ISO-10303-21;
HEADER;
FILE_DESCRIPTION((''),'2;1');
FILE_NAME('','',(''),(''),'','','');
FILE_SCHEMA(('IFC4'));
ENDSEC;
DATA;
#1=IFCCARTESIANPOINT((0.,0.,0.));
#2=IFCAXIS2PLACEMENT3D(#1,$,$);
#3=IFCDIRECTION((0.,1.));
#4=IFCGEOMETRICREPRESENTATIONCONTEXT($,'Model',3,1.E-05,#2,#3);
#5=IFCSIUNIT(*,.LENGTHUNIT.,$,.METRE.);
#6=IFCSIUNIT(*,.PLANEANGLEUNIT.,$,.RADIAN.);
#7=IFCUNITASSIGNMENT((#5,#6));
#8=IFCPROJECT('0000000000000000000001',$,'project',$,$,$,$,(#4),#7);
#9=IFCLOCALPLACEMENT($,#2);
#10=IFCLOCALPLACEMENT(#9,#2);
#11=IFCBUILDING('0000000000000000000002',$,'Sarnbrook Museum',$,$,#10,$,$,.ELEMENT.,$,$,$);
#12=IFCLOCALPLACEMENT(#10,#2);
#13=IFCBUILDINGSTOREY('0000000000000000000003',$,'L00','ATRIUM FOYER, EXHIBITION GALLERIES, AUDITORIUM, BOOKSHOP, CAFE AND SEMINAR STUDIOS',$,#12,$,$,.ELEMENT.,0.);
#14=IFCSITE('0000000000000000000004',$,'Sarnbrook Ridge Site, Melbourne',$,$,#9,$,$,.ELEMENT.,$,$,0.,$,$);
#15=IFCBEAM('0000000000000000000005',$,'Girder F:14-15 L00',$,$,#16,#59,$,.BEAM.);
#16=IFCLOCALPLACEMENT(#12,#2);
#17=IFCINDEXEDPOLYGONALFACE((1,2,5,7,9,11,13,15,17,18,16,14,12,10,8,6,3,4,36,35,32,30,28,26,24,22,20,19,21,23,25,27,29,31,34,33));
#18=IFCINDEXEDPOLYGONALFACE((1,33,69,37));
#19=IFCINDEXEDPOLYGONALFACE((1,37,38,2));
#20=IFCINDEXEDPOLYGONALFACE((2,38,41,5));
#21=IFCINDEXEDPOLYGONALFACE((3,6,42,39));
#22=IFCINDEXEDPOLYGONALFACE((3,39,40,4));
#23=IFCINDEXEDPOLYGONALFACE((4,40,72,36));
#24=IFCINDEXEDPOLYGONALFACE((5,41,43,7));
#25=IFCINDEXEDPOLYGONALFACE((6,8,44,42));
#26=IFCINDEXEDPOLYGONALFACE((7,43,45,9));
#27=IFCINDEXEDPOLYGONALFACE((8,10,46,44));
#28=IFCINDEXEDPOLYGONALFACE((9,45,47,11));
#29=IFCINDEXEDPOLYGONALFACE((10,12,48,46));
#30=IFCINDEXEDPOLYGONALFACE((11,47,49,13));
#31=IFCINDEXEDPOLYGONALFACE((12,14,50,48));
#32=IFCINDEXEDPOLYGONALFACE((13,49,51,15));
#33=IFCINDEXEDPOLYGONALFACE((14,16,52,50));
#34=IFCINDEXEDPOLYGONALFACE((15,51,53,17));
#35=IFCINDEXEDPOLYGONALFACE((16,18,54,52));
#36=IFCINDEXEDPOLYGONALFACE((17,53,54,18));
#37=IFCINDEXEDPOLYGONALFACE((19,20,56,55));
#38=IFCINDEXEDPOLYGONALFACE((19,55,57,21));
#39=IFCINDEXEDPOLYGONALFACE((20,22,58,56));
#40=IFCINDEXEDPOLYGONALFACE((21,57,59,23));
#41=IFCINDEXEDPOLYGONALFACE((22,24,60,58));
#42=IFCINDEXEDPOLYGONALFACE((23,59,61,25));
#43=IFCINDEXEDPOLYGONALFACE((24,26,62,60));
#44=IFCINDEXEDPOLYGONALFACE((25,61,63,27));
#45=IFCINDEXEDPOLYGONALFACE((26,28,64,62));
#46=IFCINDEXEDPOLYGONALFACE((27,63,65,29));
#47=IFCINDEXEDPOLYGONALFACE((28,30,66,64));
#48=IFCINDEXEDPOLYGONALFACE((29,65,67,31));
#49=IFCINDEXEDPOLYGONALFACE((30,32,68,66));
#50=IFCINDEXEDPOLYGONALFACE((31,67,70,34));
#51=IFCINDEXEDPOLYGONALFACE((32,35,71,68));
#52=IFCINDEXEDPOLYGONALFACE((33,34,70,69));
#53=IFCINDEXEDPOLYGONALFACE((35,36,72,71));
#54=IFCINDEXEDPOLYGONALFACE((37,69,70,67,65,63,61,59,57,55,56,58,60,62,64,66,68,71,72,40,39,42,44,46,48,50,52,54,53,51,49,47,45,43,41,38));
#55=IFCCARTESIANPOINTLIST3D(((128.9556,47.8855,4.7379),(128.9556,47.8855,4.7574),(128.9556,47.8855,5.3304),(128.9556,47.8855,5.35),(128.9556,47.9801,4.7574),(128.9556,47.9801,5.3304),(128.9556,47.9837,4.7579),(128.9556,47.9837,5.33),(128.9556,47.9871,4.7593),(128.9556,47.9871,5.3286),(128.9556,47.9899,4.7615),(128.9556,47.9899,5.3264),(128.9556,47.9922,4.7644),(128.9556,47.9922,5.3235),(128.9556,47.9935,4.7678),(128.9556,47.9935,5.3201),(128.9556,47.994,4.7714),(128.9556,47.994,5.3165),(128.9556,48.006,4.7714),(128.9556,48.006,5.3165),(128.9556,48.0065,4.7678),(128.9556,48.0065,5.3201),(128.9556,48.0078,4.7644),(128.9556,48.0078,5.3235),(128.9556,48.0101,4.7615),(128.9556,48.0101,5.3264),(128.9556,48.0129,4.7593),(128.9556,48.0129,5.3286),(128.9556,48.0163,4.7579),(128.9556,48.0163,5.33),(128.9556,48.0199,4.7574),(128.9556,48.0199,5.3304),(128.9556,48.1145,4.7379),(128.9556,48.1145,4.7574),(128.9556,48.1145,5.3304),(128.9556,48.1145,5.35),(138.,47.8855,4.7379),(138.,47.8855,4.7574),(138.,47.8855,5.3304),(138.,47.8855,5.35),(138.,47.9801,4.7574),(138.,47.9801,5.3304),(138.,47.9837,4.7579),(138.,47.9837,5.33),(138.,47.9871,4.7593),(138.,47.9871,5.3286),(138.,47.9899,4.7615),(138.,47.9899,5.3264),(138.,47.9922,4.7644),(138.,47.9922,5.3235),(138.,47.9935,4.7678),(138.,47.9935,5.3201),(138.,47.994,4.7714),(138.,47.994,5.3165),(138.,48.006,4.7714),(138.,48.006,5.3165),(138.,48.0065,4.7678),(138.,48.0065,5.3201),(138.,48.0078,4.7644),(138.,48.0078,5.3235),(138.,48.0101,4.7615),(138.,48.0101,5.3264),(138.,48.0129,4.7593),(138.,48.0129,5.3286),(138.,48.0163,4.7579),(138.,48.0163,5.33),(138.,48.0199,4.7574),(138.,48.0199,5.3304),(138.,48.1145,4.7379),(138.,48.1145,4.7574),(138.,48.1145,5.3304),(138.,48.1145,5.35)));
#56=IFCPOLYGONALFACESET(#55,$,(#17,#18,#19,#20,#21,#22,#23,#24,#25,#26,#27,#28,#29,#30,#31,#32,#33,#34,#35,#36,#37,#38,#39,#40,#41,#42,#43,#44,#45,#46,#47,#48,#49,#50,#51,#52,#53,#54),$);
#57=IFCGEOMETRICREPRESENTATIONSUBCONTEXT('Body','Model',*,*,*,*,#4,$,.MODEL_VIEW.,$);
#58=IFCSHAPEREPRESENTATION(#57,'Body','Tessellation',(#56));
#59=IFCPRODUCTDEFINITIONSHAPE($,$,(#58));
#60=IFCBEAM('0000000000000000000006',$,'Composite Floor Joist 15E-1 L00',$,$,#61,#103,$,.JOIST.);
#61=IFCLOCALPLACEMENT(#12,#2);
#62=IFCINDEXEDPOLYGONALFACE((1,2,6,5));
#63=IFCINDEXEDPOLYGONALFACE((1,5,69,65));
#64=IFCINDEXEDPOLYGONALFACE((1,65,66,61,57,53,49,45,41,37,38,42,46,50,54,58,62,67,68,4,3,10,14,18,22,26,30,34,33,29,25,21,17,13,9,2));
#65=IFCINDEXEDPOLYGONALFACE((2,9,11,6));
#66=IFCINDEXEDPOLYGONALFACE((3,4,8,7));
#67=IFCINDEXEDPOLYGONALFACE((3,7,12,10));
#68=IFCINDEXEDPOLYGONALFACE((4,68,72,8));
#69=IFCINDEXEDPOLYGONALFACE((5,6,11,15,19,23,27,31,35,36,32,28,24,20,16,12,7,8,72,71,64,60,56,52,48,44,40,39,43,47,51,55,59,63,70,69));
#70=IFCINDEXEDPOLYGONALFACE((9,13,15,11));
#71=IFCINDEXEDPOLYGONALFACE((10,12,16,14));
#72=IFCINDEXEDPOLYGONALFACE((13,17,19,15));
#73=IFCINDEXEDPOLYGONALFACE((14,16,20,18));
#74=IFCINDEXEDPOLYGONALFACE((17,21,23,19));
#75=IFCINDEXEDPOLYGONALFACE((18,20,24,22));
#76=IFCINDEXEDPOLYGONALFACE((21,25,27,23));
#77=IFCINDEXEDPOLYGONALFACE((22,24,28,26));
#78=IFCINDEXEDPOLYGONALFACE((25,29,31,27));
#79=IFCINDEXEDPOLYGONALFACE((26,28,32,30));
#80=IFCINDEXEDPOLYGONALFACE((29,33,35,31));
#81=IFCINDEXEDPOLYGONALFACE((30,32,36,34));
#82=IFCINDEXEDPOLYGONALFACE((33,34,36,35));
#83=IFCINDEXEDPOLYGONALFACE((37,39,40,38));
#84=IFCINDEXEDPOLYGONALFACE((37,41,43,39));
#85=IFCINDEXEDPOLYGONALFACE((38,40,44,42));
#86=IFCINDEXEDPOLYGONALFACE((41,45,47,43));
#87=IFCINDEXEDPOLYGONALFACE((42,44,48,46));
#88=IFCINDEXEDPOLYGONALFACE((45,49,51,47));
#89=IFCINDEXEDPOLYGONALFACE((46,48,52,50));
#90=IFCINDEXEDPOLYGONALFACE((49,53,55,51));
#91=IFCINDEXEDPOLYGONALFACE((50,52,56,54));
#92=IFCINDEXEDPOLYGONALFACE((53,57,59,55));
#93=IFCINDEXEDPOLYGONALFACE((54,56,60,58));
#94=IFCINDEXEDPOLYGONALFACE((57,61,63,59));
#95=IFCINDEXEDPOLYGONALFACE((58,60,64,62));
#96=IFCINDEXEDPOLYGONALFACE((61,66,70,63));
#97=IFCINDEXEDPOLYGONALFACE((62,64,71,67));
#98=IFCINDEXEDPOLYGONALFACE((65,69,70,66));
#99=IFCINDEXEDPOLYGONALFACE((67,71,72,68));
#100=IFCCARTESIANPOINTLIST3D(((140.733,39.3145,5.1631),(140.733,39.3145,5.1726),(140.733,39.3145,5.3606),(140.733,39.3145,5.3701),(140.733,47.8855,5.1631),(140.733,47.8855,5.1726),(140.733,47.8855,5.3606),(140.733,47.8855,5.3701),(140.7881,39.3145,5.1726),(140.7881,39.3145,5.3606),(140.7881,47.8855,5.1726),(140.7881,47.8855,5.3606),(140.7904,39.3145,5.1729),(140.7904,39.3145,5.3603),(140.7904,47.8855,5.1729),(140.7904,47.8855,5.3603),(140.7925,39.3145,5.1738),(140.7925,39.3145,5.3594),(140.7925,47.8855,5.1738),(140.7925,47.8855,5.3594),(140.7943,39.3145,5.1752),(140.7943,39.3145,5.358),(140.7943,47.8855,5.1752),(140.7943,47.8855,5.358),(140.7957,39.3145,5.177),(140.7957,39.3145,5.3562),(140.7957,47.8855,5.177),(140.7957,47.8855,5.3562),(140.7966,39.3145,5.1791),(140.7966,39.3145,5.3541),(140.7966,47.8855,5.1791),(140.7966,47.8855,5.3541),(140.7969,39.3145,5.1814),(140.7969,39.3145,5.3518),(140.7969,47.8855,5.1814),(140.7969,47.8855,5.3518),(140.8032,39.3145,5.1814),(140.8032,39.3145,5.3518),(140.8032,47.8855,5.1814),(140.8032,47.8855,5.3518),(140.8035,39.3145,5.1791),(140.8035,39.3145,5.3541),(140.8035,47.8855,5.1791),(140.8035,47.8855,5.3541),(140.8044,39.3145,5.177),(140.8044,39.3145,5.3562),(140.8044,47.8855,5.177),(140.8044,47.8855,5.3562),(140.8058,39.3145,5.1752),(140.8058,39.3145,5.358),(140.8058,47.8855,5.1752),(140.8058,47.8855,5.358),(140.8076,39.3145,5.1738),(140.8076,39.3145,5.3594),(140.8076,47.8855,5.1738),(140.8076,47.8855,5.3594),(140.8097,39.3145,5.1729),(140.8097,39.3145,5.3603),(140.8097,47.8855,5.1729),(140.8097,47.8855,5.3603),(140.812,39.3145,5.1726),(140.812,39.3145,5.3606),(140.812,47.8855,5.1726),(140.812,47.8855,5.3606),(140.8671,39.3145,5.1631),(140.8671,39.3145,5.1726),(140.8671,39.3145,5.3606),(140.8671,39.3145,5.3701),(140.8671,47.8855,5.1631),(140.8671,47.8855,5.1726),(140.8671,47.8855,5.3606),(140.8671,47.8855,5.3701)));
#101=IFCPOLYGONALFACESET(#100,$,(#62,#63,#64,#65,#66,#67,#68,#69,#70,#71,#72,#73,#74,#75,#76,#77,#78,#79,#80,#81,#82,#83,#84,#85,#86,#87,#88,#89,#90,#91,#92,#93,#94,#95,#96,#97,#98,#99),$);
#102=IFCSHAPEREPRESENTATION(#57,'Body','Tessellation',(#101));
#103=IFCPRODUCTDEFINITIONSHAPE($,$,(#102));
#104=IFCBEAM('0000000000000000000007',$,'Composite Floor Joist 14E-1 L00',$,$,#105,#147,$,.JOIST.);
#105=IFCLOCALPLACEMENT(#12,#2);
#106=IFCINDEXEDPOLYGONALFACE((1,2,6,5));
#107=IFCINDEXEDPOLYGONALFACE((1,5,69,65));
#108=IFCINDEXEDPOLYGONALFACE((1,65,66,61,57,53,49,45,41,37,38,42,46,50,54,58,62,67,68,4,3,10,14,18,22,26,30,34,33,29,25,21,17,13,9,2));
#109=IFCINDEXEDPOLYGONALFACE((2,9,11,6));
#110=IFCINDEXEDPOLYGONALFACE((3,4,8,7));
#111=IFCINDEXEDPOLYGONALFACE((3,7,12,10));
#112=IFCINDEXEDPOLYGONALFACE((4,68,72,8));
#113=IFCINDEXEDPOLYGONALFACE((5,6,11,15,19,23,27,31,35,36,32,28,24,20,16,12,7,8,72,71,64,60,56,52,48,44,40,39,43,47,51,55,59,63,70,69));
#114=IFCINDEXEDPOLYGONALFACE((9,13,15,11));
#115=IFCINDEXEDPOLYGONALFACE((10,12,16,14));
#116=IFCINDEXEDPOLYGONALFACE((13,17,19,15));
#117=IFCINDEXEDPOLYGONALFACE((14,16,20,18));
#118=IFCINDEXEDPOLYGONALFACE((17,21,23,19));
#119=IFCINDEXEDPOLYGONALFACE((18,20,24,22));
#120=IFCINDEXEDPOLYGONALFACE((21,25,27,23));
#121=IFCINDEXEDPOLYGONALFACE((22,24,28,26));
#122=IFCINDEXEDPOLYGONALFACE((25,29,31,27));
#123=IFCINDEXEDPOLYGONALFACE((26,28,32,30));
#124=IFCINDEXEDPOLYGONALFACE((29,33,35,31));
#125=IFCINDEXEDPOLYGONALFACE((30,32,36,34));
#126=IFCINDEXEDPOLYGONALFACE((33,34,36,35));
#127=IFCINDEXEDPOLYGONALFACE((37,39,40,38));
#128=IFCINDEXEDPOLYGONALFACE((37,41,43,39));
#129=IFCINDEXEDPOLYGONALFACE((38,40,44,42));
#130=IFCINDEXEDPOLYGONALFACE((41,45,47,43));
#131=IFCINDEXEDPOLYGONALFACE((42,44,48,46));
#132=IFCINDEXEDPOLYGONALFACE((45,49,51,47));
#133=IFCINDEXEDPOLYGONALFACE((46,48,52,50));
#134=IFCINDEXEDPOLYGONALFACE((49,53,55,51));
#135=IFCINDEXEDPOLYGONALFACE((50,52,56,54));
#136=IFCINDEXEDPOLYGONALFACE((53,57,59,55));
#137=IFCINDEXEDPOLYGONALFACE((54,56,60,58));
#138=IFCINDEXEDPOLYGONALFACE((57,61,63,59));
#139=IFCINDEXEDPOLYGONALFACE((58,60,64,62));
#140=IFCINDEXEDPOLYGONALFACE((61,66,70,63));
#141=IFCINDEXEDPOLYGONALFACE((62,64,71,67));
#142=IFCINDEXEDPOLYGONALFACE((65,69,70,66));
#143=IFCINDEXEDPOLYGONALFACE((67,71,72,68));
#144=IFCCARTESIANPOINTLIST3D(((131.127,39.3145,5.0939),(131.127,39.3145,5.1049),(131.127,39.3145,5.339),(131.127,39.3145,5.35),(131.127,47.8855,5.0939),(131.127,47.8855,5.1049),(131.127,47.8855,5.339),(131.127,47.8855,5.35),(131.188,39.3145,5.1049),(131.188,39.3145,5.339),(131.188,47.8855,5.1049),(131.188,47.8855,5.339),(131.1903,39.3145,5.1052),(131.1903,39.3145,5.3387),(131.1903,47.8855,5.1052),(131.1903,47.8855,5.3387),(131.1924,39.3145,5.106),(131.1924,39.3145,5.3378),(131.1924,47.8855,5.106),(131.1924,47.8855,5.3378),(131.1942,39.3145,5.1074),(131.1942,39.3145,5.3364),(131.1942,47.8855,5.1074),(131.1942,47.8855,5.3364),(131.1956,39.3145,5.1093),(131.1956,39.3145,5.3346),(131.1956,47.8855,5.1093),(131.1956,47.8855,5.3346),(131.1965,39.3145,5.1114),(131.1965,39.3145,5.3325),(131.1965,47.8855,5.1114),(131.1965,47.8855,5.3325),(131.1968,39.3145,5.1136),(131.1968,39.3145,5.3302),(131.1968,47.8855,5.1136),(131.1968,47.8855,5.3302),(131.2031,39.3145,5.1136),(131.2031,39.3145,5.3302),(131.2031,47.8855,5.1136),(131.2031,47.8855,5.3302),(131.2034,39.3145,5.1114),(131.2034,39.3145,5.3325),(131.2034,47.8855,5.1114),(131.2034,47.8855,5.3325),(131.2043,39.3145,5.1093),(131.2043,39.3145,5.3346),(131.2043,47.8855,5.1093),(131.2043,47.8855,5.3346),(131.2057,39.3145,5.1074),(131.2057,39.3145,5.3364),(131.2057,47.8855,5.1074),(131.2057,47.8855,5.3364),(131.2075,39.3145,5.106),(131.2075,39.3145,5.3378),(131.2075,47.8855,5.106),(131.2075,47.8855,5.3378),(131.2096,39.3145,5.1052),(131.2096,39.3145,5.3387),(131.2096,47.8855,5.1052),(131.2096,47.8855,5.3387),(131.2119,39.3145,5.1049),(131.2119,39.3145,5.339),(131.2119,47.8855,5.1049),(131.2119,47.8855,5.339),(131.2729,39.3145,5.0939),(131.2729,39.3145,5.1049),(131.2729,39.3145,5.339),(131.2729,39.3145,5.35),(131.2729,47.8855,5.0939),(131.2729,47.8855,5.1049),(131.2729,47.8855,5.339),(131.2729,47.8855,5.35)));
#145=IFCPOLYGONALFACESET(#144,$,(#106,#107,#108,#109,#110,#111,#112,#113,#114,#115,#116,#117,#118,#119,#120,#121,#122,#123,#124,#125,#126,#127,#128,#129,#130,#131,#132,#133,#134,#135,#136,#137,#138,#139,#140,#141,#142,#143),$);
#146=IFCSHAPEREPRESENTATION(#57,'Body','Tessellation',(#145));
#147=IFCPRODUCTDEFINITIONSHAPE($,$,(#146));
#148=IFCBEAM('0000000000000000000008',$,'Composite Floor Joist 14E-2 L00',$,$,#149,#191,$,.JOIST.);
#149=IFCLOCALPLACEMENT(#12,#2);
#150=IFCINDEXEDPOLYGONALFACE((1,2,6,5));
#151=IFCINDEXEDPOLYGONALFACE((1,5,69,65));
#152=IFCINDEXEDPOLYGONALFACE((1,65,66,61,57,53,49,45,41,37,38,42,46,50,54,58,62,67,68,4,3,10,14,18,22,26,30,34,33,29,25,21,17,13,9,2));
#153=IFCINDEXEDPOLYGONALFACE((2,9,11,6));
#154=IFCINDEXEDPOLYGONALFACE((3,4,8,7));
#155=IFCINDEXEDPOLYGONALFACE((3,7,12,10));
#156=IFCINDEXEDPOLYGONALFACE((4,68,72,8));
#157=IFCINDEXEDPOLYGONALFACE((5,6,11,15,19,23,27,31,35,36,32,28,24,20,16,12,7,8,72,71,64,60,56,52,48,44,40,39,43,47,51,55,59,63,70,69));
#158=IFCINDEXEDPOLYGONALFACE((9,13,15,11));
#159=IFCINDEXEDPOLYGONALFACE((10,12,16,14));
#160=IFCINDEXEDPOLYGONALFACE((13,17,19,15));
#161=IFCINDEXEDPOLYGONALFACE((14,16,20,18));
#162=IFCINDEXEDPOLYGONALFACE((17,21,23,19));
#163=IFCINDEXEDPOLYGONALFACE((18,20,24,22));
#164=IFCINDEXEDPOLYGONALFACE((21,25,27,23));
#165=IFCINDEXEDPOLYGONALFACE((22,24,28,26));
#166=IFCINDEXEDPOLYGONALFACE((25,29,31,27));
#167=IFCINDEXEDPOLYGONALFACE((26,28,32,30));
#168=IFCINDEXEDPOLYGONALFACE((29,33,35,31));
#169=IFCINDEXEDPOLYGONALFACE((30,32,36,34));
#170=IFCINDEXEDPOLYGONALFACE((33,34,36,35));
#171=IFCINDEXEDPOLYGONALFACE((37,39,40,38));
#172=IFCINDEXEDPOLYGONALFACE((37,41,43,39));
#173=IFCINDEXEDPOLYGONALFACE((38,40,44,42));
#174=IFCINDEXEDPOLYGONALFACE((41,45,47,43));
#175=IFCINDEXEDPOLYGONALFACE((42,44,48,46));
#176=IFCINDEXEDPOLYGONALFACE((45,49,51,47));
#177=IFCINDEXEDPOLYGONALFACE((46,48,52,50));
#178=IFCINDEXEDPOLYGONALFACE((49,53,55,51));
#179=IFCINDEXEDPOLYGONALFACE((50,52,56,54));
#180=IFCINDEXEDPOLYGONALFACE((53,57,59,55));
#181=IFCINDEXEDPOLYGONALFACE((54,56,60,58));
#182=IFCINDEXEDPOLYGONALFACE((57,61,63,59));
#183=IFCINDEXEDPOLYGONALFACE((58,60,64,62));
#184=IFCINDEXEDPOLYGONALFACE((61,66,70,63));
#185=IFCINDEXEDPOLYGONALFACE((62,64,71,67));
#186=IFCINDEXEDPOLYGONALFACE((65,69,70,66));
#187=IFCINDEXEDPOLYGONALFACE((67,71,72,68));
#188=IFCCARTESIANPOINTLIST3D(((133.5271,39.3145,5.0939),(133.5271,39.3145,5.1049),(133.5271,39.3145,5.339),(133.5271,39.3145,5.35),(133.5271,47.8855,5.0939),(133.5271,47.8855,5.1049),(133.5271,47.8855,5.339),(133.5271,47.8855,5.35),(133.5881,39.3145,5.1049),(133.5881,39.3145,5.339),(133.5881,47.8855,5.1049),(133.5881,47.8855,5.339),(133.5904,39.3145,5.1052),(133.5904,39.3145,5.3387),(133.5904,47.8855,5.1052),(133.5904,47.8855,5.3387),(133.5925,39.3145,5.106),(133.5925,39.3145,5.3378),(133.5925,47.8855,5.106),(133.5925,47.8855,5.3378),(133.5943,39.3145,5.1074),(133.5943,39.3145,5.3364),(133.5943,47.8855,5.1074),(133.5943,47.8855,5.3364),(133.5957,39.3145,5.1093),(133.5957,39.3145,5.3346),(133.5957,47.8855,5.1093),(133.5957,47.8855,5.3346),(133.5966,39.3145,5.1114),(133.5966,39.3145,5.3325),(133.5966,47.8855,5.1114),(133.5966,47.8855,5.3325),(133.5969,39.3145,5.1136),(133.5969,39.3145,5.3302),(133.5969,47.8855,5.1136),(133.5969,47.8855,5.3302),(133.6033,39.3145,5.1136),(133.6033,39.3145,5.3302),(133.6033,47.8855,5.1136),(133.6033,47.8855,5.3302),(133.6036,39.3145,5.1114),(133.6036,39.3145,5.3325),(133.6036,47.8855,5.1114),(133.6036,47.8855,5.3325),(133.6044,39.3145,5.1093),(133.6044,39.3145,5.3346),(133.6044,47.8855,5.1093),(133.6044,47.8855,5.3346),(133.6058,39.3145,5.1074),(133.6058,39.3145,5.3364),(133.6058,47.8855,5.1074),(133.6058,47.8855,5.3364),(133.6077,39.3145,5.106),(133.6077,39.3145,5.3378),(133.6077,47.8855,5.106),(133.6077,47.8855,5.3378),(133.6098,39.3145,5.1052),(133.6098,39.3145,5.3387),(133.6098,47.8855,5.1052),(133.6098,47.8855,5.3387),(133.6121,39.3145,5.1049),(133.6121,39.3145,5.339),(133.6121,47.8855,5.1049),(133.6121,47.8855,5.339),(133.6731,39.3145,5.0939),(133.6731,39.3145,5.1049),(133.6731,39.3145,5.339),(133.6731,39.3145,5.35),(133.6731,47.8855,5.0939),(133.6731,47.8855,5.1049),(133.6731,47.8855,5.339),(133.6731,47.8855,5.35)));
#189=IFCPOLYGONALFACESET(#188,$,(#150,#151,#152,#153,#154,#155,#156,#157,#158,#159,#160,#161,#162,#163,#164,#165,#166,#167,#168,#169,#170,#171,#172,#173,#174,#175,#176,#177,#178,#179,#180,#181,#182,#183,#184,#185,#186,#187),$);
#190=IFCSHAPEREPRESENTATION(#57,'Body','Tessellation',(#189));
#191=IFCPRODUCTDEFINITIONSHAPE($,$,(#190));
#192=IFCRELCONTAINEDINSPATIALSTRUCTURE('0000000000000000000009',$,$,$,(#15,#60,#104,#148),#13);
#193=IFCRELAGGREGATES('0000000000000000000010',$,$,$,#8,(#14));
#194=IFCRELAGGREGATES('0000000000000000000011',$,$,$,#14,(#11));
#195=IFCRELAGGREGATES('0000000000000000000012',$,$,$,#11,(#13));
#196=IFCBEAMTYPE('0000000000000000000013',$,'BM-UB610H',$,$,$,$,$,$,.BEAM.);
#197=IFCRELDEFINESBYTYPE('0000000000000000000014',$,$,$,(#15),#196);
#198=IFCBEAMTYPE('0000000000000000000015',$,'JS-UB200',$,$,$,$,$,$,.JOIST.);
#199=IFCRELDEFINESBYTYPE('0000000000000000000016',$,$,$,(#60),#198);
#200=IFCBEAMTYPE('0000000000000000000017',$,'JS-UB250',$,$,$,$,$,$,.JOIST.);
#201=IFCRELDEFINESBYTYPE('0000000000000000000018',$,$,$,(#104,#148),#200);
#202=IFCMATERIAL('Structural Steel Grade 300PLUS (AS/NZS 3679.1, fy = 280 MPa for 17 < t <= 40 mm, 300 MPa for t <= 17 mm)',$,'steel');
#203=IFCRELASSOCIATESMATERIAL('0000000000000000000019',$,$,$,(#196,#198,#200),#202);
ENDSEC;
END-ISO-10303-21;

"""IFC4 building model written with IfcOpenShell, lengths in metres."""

from ifc_helpers import new_model, si_unit, direction, frame, origin, origin_2d, place, context, subcontext, project, spatial, i_section, extrude, material, material_profile, profile_set, type_object, element, save


model = new_model("IFC4")

# Units and contexts
model_context = context("Model", 3, precision=1e-05, world=origin(), true_north=direction((0.0, 1.0)))
body_context = subcontext(model_context, "Body", "Model", "MODEL_VIEW")
ifc_project = project(units=[si_unit("LENGTHUNIT", "METRE"), si_unit("PLANEANGLEUNIT", "RADIAN")], contexts=[model_context])

# Site, building, storey
site_placement = place(None, origin())
site = spatial("IfcSite", under=ifc_project, at=site_placement, Name="Sarnbrook Ridge Site, Melbourne", CompositionType="ELEMENT", RefElevation=0.0)
building_placement = place(site_placement, origin())
building = spatial("IfcBuilding", under=site, at=building_placement, Name="Sarnbrook Museum", CompositionType="ELEMENT")
storey_placement = place(building_placement, origin())
storey = spatial("IfcBuildingStorey", under=building, at=storey_placement, Name="L00", Description="ATRIUM FOYER, EXHIBITION GALLERIES, AUDITORIUM, BOOKSHOP, CAFE AND SEMINAR STUDIOS", CompositionType="ELEMENT", Elevation=0.0)

# Shared definitions
ifc_material_1 = material(Name="Structural Steel Grade 300PLUS (AS/NZS 3679.1, fy = 280 MPa for 17 < t <= 40 mm, 300 MPa for t <= 17 mm)", Category="steel")

# Beams
ifc_material_profile_1 = material_profile(ifc_material_1, i_section(OverallWidth=0.229, OverallDepth=0.6121, WebThickness=0.012, FlangeThickness=0.0195, FilletRadius=0.0139, at=origin_2d()), Name="610UB125")
ifc_profile_set_1 = profile_set([ifc_material_profile_1], Name="Structural Steel Grade 300PLUS (AS/NZS 3679.1, fy = 280 MPa for 17 < t <= 40 mm, 300 MPa for t <= 17 mm)")
beam_type_1 = type_object("IfcBeamType", Name="BM-UB610H", PredefinedType="BEAM", material=ifc_profile_set_1)
beam_1_placement = place(storey_placement, frame((128.9556, 48.0, 5.0439), z_axis=(1.0, 0.0, 0.0), x_axis=(0.0, 1.0, 0.0)))
element("IfcBeam", 1, at=beam_1_placement, inside=storey, type_object=beam_type_1, Name="Girder F:14-15 L00", PredefinedType="BEAM", context=body_context, shape_type="SweptSolid", body=[
    extrude(i_section(OverallWidth=0.229, OverallDepth=0.6121, WebThickness=0.012, FlangeThickness=0.0195, FilletRadius=0.0139, at=origin_2d()), origin(), (0.0, 0.0, 1.0), 9.0444),
])
ifc_material_profile_2 = material_profile(ifc_material_1, i_section(OverallWidth=0.134, OverallDepth=0.207, WebThickness=0.0063, FlangeThickness=0.0095, FilletRadius=0.0088, at=origin_2d()), Name="200UB29.8")
ifc_profile_set_2 = profile_set([ifc_material_profile_2], Name="Structural Steel Grade 300PLUS (AS/NZS 3679.1, fy = 280 MPa for 17 < t <= 40 mm, 300 MPa for t <= 17 mm)")
beam_type_2 = type_object("IfcBeamType", Name="JS-UB200", PredefinedType="JOIST", material=ifc_profile_set_2)
beam_2_placement = place(storey_placement, frame((140.8, 39.3145, 5.2666), z_axis=(0.0, 1.0, 0.0), x_axis=(-1.0, 0.0, 0.0)))
element("IfcBeam", 2, at=beam_2_placement, inside=storey, type_object=beam_type_2, Name="Composite Floor Joist 15E-1 L00", PredefinedType="JOIST", context=body_context, shape_type="SweptSolid", body=[
    extrude(i_section(OverallWidth=0.134, OverallDepth=0.207, WebThickness=0.0063, FlangeThickness=0.0095, FilletRadius=0.0088, at=origin_2d()), origin(), (0.0, 0.0, 1.0), 8.571),
])
ifc_material_profile_3 = material_profile(ifc_material_1, i_section(OverallWidth=0.146, OverallDepth=0.2561, WebThickness=0.0063, FlangeThickness=0.011, FilletRadius=0.0088, at=origin_2d()), Name="250UB37.3")
ifc_profile_set_3 = profile_set([ifc_material_profile_3], Name="Structural Steel Grade 300PLUS (AS/NZS 3679.1, fy = 280 MPa for 17 < t <= 40 mm, 300 MPa for t <= 17 mm)")
beam_type_3 = type_object("IfcBeamType", Name="JS-UB250", PredefinedType="JOIST", material=ifc_profile_set_3)
for number, where, z_axis, x_axis, name in (
    (3, (131.2, 39.3145, 5.2219), (0.0, 1.0, 0.0), (-1.0, 0.0, 0.0), "Composite Floor Joist 14E-1 L00"),
    (4, (133.6001, 39.3145, 5.2219), (0.0, 1.0, 0.0), (-1.0, 0.0, 0.0), "Composite Floor Joist 14E-2 L00"),
):
    element("IfcBeam", number, at=place(storey_placement, frame(where, z_axis=z_axis, x_axis=x_axis)), inside=storey, type_object=beam_type_3, Name=name, PredefinedType="JOIST", context=body_context, shape_type="SweptSolid", body=[
        extrude(i_section(OverallWidth=0.146, OverallDepth=0.2561, WebThickness=0.0063, FlangeThickness=0.011, FilletRadius=0.0088, at=origin_2d()), origin(), (0.0, 0.0, 1.0), 8.571),
    ])

save(model, "model.ifc")
